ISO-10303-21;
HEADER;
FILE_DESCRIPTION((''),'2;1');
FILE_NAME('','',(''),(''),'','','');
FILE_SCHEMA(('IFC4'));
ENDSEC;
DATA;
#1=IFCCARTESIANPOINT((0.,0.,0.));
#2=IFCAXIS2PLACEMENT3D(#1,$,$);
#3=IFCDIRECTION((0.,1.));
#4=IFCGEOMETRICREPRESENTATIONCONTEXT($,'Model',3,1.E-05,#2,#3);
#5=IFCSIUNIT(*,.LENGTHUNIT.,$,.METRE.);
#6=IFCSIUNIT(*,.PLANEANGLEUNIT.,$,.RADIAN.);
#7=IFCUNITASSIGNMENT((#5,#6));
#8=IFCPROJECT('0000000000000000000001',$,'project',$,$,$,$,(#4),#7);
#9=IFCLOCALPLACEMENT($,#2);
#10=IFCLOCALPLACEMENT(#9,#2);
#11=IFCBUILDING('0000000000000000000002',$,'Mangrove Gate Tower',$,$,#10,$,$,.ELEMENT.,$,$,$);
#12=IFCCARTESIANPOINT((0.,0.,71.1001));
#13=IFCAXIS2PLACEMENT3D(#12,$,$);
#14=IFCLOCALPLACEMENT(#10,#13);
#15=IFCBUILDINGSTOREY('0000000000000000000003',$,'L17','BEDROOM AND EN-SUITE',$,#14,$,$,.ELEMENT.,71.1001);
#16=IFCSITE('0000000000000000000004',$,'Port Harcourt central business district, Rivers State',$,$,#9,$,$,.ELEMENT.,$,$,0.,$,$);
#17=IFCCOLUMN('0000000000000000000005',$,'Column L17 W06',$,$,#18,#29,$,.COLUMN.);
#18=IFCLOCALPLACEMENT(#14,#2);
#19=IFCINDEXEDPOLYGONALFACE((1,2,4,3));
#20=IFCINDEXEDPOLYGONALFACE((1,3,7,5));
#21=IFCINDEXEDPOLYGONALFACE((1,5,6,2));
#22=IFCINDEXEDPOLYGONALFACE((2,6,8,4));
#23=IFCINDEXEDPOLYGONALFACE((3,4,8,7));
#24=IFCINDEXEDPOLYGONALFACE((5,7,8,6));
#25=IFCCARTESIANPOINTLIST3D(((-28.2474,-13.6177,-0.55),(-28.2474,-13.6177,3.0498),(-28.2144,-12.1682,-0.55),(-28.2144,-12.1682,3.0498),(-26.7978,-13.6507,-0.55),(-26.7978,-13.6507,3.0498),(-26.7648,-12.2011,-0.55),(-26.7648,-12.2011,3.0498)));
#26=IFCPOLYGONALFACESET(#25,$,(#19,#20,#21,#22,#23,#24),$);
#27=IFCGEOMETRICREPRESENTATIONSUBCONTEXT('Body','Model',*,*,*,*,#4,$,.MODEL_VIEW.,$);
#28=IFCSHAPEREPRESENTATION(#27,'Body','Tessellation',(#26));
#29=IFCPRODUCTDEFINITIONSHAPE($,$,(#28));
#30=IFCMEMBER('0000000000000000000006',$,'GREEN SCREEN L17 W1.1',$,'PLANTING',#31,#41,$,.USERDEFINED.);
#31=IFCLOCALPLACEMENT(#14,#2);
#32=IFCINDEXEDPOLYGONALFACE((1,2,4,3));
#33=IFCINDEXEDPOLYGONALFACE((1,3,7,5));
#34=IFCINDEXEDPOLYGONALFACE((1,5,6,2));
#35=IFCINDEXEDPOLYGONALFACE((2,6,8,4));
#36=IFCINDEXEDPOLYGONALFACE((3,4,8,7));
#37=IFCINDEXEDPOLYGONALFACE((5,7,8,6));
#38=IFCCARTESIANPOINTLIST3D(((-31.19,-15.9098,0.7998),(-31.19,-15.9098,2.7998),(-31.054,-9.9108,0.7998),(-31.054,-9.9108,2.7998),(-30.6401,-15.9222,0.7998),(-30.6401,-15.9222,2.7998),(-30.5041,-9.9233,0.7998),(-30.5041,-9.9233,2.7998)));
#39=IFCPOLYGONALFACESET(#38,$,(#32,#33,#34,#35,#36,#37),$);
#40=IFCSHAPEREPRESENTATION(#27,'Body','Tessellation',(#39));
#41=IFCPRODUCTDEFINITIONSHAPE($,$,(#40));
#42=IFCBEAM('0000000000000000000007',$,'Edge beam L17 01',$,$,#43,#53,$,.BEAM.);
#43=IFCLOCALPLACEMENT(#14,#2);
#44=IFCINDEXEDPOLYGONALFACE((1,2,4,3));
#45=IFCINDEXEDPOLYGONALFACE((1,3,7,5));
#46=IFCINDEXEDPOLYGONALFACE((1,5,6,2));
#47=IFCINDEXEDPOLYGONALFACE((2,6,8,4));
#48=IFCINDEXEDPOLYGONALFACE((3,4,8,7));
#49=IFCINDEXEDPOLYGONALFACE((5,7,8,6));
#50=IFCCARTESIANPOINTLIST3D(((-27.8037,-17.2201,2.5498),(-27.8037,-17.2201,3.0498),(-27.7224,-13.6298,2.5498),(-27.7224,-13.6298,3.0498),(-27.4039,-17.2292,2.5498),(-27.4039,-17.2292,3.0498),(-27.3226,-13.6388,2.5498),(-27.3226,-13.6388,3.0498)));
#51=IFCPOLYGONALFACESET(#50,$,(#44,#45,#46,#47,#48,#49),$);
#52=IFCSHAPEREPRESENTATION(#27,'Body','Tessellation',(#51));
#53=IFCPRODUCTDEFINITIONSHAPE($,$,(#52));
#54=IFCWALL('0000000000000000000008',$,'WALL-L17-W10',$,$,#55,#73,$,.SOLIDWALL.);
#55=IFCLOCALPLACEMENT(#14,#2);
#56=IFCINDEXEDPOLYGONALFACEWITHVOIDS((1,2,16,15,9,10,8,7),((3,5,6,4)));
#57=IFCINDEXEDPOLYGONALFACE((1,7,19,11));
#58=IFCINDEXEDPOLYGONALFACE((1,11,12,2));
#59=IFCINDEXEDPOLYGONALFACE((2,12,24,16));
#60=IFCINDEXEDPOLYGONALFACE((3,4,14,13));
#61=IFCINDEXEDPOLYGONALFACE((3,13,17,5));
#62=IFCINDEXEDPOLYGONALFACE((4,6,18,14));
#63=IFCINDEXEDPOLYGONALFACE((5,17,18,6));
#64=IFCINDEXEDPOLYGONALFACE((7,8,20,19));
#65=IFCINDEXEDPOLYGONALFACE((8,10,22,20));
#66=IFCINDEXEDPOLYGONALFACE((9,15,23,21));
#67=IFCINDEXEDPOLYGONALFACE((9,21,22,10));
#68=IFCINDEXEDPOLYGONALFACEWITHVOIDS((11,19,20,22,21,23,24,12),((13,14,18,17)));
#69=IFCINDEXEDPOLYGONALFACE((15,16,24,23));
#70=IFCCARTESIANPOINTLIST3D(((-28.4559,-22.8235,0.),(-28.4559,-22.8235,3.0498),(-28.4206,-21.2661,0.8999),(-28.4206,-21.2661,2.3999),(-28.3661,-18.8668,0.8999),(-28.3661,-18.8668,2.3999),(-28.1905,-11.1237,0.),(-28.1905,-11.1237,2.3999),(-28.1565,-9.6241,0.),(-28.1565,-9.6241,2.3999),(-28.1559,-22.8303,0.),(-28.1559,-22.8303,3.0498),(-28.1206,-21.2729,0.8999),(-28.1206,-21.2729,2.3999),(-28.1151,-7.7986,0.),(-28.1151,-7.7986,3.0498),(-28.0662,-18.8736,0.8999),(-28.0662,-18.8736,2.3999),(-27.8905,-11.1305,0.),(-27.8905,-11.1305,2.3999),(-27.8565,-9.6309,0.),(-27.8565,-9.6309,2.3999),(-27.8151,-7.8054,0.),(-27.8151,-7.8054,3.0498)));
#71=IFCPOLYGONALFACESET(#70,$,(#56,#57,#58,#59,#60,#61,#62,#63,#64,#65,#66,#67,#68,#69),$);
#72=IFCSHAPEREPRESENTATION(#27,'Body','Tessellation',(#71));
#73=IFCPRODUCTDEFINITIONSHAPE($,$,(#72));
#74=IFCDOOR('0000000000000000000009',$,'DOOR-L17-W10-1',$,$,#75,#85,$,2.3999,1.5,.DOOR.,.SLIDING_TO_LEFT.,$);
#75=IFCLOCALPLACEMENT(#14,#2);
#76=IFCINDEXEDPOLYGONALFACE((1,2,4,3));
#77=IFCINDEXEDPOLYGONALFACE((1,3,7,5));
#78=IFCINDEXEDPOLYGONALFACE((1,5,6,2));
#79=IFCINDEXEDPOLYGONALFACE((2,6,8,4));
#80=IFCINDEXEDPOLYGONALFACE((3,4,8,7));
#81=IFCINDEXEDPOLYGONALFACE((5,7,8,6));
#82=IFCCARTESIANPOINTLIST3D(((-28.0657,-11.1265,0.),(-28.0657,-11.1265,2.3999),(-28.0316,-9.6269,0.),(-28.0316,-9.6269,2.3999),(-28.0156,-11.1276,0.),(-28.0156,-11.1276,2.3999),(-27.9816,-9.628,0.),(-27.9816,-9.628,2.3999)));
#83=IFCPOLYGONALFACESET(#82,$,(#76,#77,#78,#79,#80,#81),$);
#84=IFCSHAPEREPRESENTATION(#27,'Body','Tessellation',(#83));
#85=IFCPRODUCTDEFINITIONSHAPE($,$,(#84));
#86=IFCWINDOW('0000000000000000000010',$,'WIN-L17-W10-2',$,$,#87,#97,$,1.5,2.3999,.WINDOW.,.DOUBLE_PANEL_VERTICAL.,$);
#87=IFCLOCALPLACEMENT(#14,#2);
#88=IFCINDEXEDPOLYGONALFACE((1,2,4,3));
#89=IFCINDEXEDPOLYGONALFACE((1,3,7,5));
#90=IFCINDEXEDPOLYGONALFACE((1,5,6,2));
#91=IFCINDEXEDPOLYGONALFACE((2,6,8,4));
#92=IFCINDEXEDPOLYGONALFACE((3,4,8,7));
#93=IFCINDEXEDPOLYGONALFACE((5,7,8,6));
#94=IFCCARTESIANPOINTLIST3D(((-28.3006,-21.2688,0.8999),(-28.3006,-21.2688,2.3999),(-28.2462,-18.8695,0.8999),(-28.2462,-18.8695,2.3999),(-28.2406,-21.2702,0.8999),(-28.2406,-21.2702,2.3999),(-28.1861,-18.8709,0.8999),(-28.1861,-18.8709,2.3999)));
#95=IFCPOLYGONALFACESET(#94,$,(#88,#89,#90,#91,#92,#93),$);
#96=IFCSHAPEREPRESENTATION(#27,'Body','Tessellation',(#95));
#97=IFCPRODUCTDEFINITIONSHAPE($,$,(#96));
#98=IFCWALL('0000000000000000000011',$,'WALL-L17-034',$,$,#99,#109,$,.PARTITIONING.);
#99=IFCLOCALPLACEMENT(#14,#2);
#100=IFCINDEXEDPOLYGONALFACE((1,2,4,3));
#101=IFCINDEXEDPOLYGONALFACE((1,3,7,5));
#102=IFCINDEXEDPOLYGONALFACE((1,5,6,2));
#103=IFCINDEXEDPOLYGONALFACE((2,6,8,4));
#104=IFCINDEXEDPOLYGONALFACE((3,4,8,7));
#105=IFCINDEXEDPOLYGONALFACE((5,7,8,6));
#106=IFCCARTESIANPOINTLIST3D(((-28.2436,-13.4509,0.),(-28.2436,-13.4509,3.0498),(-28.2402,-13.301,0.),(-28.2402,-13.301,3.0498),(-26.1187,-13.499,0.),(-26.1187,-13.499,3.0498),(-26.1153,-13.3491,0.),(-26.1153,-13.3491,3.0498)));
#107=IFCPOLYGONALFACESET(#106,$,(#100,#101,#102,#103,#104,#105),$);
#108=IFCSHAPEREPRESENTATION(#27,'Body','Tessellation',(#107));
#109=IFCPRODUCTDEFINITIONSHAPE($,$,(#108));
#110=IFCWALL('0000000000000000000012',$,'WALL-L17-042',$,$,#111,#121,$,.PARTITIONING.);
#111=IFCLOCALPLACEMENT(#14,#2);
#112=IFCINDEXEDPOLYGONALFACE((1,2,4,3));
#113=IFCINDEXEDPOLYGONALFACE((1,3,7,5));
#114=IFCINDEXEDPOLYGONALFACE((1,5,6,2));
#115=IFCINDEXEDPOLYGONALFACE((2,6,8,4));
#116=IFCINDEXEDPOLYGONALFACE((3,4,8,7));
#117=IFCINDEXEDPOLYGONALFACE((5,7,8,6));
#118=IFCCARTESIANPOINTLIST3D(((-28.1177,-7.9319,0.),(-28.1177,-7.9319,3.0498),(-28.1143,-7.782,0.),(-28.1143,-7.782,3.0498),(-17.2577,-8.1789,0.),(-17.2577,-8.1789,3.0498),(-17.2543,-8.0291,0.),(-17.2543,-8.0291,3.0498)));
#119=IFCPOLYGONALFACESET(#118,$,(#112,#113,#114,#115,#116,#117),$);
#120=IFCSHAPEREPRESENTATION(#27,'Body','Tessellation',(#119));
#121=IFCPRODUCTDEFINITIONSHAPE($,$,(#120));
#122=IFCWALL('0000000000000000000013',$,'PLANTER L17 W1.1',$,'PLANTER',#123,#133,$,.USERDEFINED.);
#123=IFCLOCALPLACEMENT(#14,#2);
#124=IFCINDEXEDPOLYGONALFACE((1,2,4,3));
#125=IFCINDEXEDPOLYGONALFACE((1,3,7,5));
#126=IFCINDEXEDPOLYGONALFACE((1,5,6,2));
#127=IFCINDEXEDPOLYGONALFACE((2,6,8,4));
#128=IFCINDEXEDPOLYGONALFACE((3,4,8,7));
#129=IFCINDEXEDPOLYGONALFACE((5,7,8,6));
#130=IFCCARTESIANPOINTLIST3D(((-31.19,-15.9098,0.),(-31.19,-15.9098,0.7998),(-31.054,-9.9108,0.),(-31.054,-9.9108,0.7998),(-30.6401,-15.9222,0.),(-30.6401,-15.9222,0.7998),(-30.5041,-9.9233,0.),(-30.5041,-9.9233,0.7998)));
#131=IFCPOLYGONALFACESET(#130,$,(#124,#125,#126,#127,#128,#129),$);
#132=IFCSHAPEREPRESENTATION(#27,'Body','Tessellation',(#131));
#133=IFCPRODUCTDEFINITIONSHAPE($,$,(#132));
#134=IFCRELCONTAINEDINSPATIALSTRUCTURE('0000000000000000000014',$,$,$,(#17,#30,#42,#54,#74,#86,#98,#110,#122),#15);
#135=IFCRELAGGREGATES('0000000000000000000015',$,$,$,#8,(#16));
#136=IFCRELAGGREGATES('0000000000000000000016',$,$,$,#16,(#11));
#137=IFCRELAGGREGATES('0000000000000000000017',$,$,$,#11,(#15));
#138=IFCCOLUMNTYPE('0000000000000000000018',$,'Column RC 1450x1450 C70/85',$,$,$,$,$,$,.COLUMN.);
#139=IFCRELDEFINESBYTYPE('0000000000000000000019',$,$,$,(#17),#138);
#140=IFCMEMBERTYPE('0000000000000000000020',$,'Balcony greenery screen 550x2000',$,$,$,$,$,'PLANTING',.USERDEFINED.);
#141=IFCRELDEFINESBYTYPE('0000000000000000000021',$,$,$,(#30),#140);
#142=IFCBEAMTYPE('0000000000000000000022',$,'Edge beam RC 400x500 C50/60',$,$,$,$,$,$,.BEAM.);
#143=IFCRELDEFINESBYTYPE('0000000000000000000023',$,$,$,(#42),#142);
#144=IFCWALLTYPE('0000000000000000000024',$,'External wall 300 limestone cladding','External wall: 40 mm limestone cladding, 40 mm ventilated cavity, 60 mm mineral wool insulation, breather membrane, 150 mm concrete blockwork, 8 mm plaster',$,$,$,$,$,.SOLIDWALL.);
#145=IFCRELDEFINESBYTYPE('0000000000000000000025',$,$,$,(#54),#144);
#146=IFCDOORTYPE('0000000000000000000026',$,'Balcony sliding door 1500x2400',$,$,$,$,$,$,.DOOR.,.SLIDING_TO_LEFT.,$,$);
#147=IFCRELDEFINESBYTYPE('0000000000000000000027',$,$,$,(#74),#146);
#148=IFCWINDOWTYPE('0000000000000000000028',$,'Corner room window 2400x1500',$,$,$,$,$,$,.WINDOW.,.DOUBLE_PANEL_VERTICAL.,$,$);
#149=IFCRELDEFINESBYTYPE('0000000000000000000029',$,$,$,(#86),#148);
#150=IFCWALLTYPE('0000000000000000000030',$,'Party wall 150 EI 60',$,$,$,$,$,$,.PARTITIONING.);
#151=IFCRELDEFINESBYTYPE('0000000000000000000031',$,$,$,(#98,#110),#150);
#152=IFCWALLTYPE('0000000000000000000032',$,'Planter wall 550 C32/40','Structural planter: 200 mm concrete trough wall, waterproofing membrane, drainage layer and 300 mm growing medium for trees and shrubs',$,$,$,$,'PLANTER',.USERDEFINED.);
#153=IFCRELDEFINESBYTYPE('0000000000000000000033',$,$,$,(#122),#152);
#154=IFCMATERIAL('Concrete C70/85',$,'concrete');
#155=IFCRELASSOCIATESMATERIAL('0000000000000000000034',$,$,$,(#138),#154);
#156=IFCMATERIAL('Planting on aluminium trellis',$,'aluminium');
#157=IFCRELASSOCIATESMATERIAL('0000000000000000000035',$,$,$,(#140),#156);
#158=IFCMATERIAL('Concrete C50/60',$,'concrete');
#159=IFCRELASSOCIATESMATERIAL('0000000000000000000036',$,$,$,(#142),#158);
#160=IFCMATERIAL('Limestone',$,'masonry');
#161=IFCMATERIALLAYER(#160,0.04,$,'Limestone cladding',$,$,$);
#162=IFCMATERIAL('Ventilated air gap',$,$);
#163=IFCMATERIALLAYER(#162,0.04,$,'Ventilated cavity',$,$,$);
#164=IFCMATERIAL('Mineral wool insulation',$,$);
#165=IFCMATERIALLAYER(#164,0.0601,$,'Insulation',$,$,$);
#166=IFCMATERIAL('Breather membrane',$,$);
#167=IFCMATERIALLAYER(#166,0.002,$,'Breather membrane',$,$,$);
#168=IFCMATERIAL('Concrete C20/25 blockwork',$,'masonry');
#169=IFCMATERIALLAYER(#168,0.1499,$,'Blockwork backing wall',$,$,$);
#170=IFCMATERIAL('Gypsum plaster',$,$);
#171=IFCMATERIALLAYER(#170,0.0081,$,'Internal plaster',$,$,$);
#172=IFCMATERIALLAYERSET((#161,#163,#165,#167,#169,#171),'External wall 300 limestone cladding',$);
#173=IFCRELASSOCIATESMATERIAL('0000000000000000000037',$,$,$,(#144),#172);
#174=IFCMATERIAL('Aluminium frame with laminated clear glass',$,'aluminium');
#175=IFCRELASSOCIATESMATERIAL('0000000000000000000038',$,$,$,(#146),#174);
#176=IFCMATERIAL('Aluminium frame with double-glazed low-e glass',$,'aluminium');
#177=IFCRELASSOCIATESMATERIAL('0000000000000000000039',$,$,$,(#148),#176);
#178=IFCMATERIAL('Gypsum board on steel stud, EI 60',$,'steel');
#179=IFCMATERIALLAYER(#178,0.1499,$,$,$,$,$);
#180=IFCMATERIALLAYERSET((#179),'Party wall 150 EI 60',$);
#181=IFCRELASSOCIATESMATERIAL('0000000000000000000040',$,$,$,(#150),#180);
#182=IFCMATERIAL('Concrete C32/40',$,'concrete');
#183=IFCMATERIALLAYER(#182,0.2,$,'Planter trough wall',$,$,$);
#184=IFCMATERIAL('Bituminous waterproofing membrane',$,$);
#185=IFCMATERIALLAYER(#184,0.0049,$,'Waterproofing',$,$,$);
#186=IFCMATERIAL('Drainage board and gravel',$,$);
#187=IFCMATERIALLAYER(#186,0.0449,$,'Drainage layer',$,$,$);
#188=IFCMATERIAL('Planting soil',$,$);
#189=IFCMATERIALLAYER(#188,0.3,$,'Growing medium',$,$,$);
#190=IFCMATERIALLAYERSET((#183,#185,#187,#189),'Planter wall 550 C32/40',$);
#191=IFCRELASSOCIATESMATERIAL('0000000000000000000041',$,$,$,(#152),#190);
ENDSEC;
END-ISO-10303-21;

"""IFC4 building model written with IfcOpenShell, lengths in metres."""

from ifc_helpers import new_model, si_unit, direction, frame, frame_2d, origin, origin_2d, place, context, subcontext, project, spatial, rectangle, extrude, material, layer, layer_set, material_profile, profile_set, type_object, element, fill, save


model = new_model("IFC4")

# Units and contexts
model_context = context("Model", 3, precision=1e-05, world=origin(), true_north=direction((0.0, 1.0)))
body_context = subcontext(model_context, "Body", "Model", "MODEL_VIEW")
ifc_project = project(units=[si_unit("LENGTHUNIT", "METRE"), si_unit("PLANEANGLEUNIT", "RADIAN")], contexts=[model_context])

# Site, building, storey
site_placement = place(None, origin())
site = spatial("IfcSite", under=ifc_project, at=site_placement, Name="Port Harcourt central business district, Rivers State", CompositionType="ELEMENT", RefElevation=0.0)
building_placement = place(site_placement, origin())
building = spatial("IfcBuilding", under=site, at=building_placement, Name="Mangrove Gate Tower", CompositionType="ELEMENT")
storey_placement = place(building_placement, frame((0.0, 0.0, 71.1001)))
storey = spatial("IfcBuildingStorey", under=building, at=storey_placement, Name="L17", Description="BEDROOM AND EN-SUITE", CompositionType="ELEMENT", Elevation=71.1001)

# Column
ifc_material_1 = material(Name="Concrete C70/85", Category="concrete")
ifc_material_profile_1 = material_profile(ifc_material_1, rectangle(XDim=1.45, YDim=1.45, at=origin_2d()))
ifc_profile_set_1 = profile_set([ifc_material_profile_1], Name="Concrete C70/85")
column_type = type_object("IfcColumnType", Name="Column RC 1450x1450 C70/85", PredefinedType="COLUMN", material=ifc_profile_set_1)
column_placement = place(storey_placement, frame((-27.5061, -12.9094, -0.55), z_axis=(0.0, 0.0, 1.0), x_axis=(-0.022712, -0.999742, 0.0)))
element("IfcColumn", 1, at=column_placement, inside=storey, type_object=column_type, Name="Column L17 W06", PredefinedType="COLUMN", context=body_context, shape_type="SweptSolid", body=[
    extrude(rectangle(XDim=1.45, YDim=1.45, at=origin_2d()), origin(), (0.0, 0.0, 1.0), 3.5999),
])

# Member
ifc_material_2 = material(Name="Planting on aluminium trellis", Category="aluminium")
ifc_material_profile_2 = material_profile(ifc_material_2, rectangle(XDim=0.55, YDim=2.0, at=origin_2d()))
ifc_profile_set_2 = profile_set([ifc_material_profile_2], Name="Planting on aluminium trellis")
member_type = type_object("IfcMemberType", Name="Balcony greenery screen 550x2000", ElementType="PLANTING", PredefinedType="USERDEFINED", material=ifc_profile_set_2)
member_placement = place(storey_placement, frame((-30.915, -15.916, 1.7998), z_axis=(0.022662, 0.999743, 0.0), x_axis=(-0.999743, 0.022662, 0.0)))
element("IfcMember", 2, at=member_placement, inside=storey, type_object=member_type, Name="GREEN SCREEN L17 W1.1", ObjectType="PLANTING", PredefinedType="USERDEFINED", context=body_context, shape_type="SweptSolid", body=[
    extrude(rectangle(XDim=0.55, YDim=2.0, at=origin_2d()), origin(), (0.0, 0.0, 1.0), 6.0005),
])

# Beam
ifc_material_3 = material(Name="Concrete C50/60", Category="concrete")
ifc_material_profile_3 = material_profile(ifc_material_3, rectangle(XDim=0.3999, YDim=0.5, at=origin_2d()))
ifc_profile_set_3 = profile_set([ifc_material_profile_3], Name="Concrete C50/60")
beam_type = type_object("IfcBeamType", Name="Edge beam RC 400x500 C50/60", PredefinedType="BEAM", material=ifc_profile_set_3)
beam_placement = place(storey_placement, frame((-27.5225, -13.6343, 2.7998), z_axis=(-0.022638, -0.999744, 0.0), x_axis=(0.999744, -0.022638, 0.0)))
element("IfcBeam", 3, at=beam_placement, inside=storey, type_object=beam_type, Name="Edge beam L17 01", PredefinedType="BEAM", context=body_context, shape_type="SweptSolid", body=[
    extrude(rectangle(XDim=0.3999, YDim=0.5, at=origin_2d()), origin(), (0.0, 0.0, 1.0), 3.5913),
])

# Wall, openings, door, window
ifc_material_4 = material(Name="Limestone", Category="masonry")
ifc_layer_1 = layer(ifc_material_4, 0.04, Name="Limestone cladding")
ifc_material_5 = material(Name="Ventilated air gap")
ifc_layer_2 = layer(ifc_material_5, 0.04, Name="Ventilated cavity")
ifc_material_6 = material(Name="Mineral wool insulation")
ifc_layer_3 = layer(ifc_material_6, 0.0601, Name="Insulation")
ifc_material_7 = material(Name="Breather membrane")
ifc_layer_4 = layer(ifc_material_7, 0.002, Name="Breather membrane")
ifc_material_8 = material(Name="Concrete C20/25 blockwork", Category="masonry")
ifc_layer_5 = layer(ifc_material_8, 0.1499, Name="Blockwork backing wall")
ifc_material_9 = material(Name="Gypsum plaster")
ifc_layer_6 = layer(ifc_material_9, 0.0081, Name="Internal plaster")
ifc_layer_set_1 = layer_set([ifc_layer_1, ifc_layer_2, ifc_layer_3, ifc_layer_4, ifc_layer_5, ifc_layer_6], Name="External wall 300 limestone cladding")
wall_type_1 = type_object("IfcWallType", Name="External wall 300 limestone cladding", Description="External wall: 40 mm limestone cladding, 40 mm ventilated cavity, 60 mm mineral wool insulation, breather membrane, 150 mm concrete blockwork, 8 mm plaster", PredefinedType="SOLIDWALL", material=ifc_layer_set_1)
wall_1_placement = place(storey_placement, frame((-27.9651, -7.802, 0.0), z_axis=(0.0, 0.0, 1.0), x_axis=(-0.022678, -0.999743, 0.0)))
wall_1 = element("IfcWall", 4, at=wall_1_placement, inside=storey, type_object=wall_type_1, Name="WALL-L17-W10", PredefinedType="SOLIDWALL", context=body_context, shape_type="SweptSolid", body=[
    extrude(rectangle(XDim=15.0288, YDim=0.3, at=frame_2d((7.5144, 0.0))), origin(), (0.0, 0.0, 1.0), 3.0498),
])
opening_1_placement = place(wall_1_placement, frame((1.8259, 0.0, 0.0)))
opening_1 = element("IfcOpeningElement", 5, at=opening_1_placement, cuts=wall_1, PredefinedType="OPENING", context=body_context, shape_type="SweptSolid", body=[
    extrude(rectangle(XDim=1.5, YDim=2.3999, at=frame_2d((0.75, 1.2))), frame((0.0, 0.1599, 0.0), z_axis=(0.0, -1.0, 0.0), x_axis=(1.0, 0.0, 0.0)), (0.0, 0.0, 1.0), 0.3201),
])
opening_2_placement = place(wall_1_placement, frame((11.071, 0.0, 0.8999)))
opening_2 = element("IfcOpeningElement", 6, at=opening_2_placement, cuts=wall_1, PredefinedType="OPENING", context=body_context, shape_type="SweptSolid", body=[
    extrude(rectangle(XDim=2.3999, YDim=1.5, at=frame_2d((1.2, 0.75))), frame((0.0, 0.1599, 0.0), z_axis=(0.0, -1.0, 0.0), x_axis=(1.0, 0.0, 0.0)), (0.0, 0.0, 1.0), 0.3201),
])
ifc_material_10 = material(Name="Aluminium frame with laminated clear glass", Category="aluminium")
door_type = type_object("IfcDoorType", Name="Balcony sliding door 1500x2400", OperationType="SLIDING_TO_LEFT", PredefinedType="DOOR", material=ifc_material_10)
door_placement = place(opening_1_placement, origin())
door = element("IfcDoor", 7, at=door_placement, inside=storey, type_object=door_type, Name="DOOR-L17-W10-1", OperationType="SLIDING_TO_LEFT", OverallHeight=2.3999, OverallWidth=1.5, PredefinedType="DOOR", context=body_context, shape_type="SweptSolid", body=[
    extrude(rectangle(XDim=1.5, YDim=2.3999, at=frame_2d((0.75, 1.2))), frame((0.0, 0.0249, 0.0), z_axis=(0.0, -1.0, 0.0), x_axis=(1.0, 0.0, 0.0)), (0.0, 0.0, 1.0), 0.05),
])
fill(opening_1, door)
ifc_material_11 = material(Name="Aluminium frame with double-glazed low-e glass", Category="aluminium")
window_type = type_object("IfcWindowType", Name="Corner room window 2400x1500", PartitioningType="DOUBLE_PANEL_VERTICAL", PredefinedType="WINDOW", material=ifc_material_11)
window_placement = place(opening_2_placement, origin())
window = element("IfcWindow", 8, at=window_placement, inside=storey, type_object=window_type, Name="WIN-L17-W10-2", OverallHeight=1.5, OverallWidth=2.3999, PartitioningType="DOUBLE_PANEL_VERTICAL", PredefinedType="WINDOW", context=body_context, shape_type="SweptSolid", body=[
    extrude(rectangle(XDim=2.3999, YDim=1.5, at=frame_2d((1.2, 0.75))), frame((0.0, 0.03, 0.0), z_axis=(0.0, -1.0, 0.0), x_axis=(1.0, 0.0, 0.0)), (0.0, 0.0, 1.0), 0.0601),
])
fill(opening_2, window)

# Walls
ifc_material_12 = material(Name="Gypsum board on steel stud, EI 60", Category="steel")
ifc_layer_7 = layer(ifc_material_12, 0.1499)
ifc_layer_set_2 = layer_set([ifc_layer_7], Name="Party wall 150 EI 60")
wall_type_2 = type_object("IfcWallType", Name="Party wall 150 EI 60", PredefinedType="PARTITIONING", material=ifc_layer_set_2)
wall_2_placement = place(storey_placement, frame((-28.2419, -13.376, 0.0), z_axis=(0.0, 0.0, 1.0), x_axis=(0.999744, -0.022627, 0.0)))
element("IfcWall", 9, at=wall_2_placement, inside=storey, type_object=wall_type_2, Name="WALL-L17-034", PredefinedType="PARTITIONING", context=body_context, shape_type="SweptSolid", body=[
    extrude(rectangle(XDim=2.1255, YDim=0.1499, at=frame_2d((1.0627, 0.0))), origin(), (0.0, 0.0, 1.0), 3.0498),
])
wall_3_placement = place(storey_placement, frame((-28.116, -7.8569, 0.0), z_axis=(0.0, 0.0, 1.0), x_axis=(0.999741, -0.022745, 0.0)))
element("IfcWall", 10, at=wall_3_placement, inside=storey, type_object=wall_type_2, Name="WALL-L17-042", PredefinedType="PARTITIONING", context=body_context, shape_type="SweptSolid", body=[
    extrude(rectangle(XDim=10.8628, YDim=0.1499, at=frame_2d((5.4314, 0.0))), origin(), (0.0, 0.0, 1.0), 3.0498),
])
ifc_material_13 = material(Name="Concrete C32/40", Category="concrete")
ifc_layer_8 = layer(ifc_material_13, 0.2, Name="Planter trough wall")
ifc_material_14 = material(Name="Bituminous waterproofing membrane")
ifc_layer_9 = layer(ifc_material_14, 0.0049, Name="Waterproofing")
ifc_material_15 = material(Name="Drainage board and gravel")
ifc_layer_10 = layer(ifc_material_15, 0.0449, Name="Drainage layer")
ifc_material_16 = material(Name="Planting soil")
ifc_layer_11 = layer(ifc_material_16, 0.3, Name="Growing medium")
ifc_layer_set_3 = layer_set([ifc_layer_8, ifc_layer_9, ifc_layer_10, ifc_layer_11], Name="Planter wall 550 C32/40")
wall_type_3 = type_object("IfcWallType", Name="Planter wall 550 C32/40", Description="Structural planter: 200 mm concrete trough wall, waterproofing membrane, drainage layer and 300 mm growing medium for trees and shrubs", ElementType="PLANTER", PredefinedType="USERDEFINED", material=ifc_layer_set_3)
wall_4_placement = place(storey_placement, frame((-30.915, -15.916, 0.0), z_axis=(0.0, 0.0, 1.0), x_axis=(0.022662, 0.999743, 0.0)))
element("IfcWall", 11, at=wall_4_placement, inside=storey, type_object=wall_type_3, Name="PLANTER L17 W1.1", ObjectType="PLANTER", PredefinedType="USERDEFINED", context=body_context, shape_type="SweptSolid", body=[
    extrude(rectangle(XDim=6.0005, YDim=0.55, at=frame_2d((3.0002, 0.0))), origin(), (0.0, 0.0, 1.0), 0.7998),
])

save(model, "model.ifc")
